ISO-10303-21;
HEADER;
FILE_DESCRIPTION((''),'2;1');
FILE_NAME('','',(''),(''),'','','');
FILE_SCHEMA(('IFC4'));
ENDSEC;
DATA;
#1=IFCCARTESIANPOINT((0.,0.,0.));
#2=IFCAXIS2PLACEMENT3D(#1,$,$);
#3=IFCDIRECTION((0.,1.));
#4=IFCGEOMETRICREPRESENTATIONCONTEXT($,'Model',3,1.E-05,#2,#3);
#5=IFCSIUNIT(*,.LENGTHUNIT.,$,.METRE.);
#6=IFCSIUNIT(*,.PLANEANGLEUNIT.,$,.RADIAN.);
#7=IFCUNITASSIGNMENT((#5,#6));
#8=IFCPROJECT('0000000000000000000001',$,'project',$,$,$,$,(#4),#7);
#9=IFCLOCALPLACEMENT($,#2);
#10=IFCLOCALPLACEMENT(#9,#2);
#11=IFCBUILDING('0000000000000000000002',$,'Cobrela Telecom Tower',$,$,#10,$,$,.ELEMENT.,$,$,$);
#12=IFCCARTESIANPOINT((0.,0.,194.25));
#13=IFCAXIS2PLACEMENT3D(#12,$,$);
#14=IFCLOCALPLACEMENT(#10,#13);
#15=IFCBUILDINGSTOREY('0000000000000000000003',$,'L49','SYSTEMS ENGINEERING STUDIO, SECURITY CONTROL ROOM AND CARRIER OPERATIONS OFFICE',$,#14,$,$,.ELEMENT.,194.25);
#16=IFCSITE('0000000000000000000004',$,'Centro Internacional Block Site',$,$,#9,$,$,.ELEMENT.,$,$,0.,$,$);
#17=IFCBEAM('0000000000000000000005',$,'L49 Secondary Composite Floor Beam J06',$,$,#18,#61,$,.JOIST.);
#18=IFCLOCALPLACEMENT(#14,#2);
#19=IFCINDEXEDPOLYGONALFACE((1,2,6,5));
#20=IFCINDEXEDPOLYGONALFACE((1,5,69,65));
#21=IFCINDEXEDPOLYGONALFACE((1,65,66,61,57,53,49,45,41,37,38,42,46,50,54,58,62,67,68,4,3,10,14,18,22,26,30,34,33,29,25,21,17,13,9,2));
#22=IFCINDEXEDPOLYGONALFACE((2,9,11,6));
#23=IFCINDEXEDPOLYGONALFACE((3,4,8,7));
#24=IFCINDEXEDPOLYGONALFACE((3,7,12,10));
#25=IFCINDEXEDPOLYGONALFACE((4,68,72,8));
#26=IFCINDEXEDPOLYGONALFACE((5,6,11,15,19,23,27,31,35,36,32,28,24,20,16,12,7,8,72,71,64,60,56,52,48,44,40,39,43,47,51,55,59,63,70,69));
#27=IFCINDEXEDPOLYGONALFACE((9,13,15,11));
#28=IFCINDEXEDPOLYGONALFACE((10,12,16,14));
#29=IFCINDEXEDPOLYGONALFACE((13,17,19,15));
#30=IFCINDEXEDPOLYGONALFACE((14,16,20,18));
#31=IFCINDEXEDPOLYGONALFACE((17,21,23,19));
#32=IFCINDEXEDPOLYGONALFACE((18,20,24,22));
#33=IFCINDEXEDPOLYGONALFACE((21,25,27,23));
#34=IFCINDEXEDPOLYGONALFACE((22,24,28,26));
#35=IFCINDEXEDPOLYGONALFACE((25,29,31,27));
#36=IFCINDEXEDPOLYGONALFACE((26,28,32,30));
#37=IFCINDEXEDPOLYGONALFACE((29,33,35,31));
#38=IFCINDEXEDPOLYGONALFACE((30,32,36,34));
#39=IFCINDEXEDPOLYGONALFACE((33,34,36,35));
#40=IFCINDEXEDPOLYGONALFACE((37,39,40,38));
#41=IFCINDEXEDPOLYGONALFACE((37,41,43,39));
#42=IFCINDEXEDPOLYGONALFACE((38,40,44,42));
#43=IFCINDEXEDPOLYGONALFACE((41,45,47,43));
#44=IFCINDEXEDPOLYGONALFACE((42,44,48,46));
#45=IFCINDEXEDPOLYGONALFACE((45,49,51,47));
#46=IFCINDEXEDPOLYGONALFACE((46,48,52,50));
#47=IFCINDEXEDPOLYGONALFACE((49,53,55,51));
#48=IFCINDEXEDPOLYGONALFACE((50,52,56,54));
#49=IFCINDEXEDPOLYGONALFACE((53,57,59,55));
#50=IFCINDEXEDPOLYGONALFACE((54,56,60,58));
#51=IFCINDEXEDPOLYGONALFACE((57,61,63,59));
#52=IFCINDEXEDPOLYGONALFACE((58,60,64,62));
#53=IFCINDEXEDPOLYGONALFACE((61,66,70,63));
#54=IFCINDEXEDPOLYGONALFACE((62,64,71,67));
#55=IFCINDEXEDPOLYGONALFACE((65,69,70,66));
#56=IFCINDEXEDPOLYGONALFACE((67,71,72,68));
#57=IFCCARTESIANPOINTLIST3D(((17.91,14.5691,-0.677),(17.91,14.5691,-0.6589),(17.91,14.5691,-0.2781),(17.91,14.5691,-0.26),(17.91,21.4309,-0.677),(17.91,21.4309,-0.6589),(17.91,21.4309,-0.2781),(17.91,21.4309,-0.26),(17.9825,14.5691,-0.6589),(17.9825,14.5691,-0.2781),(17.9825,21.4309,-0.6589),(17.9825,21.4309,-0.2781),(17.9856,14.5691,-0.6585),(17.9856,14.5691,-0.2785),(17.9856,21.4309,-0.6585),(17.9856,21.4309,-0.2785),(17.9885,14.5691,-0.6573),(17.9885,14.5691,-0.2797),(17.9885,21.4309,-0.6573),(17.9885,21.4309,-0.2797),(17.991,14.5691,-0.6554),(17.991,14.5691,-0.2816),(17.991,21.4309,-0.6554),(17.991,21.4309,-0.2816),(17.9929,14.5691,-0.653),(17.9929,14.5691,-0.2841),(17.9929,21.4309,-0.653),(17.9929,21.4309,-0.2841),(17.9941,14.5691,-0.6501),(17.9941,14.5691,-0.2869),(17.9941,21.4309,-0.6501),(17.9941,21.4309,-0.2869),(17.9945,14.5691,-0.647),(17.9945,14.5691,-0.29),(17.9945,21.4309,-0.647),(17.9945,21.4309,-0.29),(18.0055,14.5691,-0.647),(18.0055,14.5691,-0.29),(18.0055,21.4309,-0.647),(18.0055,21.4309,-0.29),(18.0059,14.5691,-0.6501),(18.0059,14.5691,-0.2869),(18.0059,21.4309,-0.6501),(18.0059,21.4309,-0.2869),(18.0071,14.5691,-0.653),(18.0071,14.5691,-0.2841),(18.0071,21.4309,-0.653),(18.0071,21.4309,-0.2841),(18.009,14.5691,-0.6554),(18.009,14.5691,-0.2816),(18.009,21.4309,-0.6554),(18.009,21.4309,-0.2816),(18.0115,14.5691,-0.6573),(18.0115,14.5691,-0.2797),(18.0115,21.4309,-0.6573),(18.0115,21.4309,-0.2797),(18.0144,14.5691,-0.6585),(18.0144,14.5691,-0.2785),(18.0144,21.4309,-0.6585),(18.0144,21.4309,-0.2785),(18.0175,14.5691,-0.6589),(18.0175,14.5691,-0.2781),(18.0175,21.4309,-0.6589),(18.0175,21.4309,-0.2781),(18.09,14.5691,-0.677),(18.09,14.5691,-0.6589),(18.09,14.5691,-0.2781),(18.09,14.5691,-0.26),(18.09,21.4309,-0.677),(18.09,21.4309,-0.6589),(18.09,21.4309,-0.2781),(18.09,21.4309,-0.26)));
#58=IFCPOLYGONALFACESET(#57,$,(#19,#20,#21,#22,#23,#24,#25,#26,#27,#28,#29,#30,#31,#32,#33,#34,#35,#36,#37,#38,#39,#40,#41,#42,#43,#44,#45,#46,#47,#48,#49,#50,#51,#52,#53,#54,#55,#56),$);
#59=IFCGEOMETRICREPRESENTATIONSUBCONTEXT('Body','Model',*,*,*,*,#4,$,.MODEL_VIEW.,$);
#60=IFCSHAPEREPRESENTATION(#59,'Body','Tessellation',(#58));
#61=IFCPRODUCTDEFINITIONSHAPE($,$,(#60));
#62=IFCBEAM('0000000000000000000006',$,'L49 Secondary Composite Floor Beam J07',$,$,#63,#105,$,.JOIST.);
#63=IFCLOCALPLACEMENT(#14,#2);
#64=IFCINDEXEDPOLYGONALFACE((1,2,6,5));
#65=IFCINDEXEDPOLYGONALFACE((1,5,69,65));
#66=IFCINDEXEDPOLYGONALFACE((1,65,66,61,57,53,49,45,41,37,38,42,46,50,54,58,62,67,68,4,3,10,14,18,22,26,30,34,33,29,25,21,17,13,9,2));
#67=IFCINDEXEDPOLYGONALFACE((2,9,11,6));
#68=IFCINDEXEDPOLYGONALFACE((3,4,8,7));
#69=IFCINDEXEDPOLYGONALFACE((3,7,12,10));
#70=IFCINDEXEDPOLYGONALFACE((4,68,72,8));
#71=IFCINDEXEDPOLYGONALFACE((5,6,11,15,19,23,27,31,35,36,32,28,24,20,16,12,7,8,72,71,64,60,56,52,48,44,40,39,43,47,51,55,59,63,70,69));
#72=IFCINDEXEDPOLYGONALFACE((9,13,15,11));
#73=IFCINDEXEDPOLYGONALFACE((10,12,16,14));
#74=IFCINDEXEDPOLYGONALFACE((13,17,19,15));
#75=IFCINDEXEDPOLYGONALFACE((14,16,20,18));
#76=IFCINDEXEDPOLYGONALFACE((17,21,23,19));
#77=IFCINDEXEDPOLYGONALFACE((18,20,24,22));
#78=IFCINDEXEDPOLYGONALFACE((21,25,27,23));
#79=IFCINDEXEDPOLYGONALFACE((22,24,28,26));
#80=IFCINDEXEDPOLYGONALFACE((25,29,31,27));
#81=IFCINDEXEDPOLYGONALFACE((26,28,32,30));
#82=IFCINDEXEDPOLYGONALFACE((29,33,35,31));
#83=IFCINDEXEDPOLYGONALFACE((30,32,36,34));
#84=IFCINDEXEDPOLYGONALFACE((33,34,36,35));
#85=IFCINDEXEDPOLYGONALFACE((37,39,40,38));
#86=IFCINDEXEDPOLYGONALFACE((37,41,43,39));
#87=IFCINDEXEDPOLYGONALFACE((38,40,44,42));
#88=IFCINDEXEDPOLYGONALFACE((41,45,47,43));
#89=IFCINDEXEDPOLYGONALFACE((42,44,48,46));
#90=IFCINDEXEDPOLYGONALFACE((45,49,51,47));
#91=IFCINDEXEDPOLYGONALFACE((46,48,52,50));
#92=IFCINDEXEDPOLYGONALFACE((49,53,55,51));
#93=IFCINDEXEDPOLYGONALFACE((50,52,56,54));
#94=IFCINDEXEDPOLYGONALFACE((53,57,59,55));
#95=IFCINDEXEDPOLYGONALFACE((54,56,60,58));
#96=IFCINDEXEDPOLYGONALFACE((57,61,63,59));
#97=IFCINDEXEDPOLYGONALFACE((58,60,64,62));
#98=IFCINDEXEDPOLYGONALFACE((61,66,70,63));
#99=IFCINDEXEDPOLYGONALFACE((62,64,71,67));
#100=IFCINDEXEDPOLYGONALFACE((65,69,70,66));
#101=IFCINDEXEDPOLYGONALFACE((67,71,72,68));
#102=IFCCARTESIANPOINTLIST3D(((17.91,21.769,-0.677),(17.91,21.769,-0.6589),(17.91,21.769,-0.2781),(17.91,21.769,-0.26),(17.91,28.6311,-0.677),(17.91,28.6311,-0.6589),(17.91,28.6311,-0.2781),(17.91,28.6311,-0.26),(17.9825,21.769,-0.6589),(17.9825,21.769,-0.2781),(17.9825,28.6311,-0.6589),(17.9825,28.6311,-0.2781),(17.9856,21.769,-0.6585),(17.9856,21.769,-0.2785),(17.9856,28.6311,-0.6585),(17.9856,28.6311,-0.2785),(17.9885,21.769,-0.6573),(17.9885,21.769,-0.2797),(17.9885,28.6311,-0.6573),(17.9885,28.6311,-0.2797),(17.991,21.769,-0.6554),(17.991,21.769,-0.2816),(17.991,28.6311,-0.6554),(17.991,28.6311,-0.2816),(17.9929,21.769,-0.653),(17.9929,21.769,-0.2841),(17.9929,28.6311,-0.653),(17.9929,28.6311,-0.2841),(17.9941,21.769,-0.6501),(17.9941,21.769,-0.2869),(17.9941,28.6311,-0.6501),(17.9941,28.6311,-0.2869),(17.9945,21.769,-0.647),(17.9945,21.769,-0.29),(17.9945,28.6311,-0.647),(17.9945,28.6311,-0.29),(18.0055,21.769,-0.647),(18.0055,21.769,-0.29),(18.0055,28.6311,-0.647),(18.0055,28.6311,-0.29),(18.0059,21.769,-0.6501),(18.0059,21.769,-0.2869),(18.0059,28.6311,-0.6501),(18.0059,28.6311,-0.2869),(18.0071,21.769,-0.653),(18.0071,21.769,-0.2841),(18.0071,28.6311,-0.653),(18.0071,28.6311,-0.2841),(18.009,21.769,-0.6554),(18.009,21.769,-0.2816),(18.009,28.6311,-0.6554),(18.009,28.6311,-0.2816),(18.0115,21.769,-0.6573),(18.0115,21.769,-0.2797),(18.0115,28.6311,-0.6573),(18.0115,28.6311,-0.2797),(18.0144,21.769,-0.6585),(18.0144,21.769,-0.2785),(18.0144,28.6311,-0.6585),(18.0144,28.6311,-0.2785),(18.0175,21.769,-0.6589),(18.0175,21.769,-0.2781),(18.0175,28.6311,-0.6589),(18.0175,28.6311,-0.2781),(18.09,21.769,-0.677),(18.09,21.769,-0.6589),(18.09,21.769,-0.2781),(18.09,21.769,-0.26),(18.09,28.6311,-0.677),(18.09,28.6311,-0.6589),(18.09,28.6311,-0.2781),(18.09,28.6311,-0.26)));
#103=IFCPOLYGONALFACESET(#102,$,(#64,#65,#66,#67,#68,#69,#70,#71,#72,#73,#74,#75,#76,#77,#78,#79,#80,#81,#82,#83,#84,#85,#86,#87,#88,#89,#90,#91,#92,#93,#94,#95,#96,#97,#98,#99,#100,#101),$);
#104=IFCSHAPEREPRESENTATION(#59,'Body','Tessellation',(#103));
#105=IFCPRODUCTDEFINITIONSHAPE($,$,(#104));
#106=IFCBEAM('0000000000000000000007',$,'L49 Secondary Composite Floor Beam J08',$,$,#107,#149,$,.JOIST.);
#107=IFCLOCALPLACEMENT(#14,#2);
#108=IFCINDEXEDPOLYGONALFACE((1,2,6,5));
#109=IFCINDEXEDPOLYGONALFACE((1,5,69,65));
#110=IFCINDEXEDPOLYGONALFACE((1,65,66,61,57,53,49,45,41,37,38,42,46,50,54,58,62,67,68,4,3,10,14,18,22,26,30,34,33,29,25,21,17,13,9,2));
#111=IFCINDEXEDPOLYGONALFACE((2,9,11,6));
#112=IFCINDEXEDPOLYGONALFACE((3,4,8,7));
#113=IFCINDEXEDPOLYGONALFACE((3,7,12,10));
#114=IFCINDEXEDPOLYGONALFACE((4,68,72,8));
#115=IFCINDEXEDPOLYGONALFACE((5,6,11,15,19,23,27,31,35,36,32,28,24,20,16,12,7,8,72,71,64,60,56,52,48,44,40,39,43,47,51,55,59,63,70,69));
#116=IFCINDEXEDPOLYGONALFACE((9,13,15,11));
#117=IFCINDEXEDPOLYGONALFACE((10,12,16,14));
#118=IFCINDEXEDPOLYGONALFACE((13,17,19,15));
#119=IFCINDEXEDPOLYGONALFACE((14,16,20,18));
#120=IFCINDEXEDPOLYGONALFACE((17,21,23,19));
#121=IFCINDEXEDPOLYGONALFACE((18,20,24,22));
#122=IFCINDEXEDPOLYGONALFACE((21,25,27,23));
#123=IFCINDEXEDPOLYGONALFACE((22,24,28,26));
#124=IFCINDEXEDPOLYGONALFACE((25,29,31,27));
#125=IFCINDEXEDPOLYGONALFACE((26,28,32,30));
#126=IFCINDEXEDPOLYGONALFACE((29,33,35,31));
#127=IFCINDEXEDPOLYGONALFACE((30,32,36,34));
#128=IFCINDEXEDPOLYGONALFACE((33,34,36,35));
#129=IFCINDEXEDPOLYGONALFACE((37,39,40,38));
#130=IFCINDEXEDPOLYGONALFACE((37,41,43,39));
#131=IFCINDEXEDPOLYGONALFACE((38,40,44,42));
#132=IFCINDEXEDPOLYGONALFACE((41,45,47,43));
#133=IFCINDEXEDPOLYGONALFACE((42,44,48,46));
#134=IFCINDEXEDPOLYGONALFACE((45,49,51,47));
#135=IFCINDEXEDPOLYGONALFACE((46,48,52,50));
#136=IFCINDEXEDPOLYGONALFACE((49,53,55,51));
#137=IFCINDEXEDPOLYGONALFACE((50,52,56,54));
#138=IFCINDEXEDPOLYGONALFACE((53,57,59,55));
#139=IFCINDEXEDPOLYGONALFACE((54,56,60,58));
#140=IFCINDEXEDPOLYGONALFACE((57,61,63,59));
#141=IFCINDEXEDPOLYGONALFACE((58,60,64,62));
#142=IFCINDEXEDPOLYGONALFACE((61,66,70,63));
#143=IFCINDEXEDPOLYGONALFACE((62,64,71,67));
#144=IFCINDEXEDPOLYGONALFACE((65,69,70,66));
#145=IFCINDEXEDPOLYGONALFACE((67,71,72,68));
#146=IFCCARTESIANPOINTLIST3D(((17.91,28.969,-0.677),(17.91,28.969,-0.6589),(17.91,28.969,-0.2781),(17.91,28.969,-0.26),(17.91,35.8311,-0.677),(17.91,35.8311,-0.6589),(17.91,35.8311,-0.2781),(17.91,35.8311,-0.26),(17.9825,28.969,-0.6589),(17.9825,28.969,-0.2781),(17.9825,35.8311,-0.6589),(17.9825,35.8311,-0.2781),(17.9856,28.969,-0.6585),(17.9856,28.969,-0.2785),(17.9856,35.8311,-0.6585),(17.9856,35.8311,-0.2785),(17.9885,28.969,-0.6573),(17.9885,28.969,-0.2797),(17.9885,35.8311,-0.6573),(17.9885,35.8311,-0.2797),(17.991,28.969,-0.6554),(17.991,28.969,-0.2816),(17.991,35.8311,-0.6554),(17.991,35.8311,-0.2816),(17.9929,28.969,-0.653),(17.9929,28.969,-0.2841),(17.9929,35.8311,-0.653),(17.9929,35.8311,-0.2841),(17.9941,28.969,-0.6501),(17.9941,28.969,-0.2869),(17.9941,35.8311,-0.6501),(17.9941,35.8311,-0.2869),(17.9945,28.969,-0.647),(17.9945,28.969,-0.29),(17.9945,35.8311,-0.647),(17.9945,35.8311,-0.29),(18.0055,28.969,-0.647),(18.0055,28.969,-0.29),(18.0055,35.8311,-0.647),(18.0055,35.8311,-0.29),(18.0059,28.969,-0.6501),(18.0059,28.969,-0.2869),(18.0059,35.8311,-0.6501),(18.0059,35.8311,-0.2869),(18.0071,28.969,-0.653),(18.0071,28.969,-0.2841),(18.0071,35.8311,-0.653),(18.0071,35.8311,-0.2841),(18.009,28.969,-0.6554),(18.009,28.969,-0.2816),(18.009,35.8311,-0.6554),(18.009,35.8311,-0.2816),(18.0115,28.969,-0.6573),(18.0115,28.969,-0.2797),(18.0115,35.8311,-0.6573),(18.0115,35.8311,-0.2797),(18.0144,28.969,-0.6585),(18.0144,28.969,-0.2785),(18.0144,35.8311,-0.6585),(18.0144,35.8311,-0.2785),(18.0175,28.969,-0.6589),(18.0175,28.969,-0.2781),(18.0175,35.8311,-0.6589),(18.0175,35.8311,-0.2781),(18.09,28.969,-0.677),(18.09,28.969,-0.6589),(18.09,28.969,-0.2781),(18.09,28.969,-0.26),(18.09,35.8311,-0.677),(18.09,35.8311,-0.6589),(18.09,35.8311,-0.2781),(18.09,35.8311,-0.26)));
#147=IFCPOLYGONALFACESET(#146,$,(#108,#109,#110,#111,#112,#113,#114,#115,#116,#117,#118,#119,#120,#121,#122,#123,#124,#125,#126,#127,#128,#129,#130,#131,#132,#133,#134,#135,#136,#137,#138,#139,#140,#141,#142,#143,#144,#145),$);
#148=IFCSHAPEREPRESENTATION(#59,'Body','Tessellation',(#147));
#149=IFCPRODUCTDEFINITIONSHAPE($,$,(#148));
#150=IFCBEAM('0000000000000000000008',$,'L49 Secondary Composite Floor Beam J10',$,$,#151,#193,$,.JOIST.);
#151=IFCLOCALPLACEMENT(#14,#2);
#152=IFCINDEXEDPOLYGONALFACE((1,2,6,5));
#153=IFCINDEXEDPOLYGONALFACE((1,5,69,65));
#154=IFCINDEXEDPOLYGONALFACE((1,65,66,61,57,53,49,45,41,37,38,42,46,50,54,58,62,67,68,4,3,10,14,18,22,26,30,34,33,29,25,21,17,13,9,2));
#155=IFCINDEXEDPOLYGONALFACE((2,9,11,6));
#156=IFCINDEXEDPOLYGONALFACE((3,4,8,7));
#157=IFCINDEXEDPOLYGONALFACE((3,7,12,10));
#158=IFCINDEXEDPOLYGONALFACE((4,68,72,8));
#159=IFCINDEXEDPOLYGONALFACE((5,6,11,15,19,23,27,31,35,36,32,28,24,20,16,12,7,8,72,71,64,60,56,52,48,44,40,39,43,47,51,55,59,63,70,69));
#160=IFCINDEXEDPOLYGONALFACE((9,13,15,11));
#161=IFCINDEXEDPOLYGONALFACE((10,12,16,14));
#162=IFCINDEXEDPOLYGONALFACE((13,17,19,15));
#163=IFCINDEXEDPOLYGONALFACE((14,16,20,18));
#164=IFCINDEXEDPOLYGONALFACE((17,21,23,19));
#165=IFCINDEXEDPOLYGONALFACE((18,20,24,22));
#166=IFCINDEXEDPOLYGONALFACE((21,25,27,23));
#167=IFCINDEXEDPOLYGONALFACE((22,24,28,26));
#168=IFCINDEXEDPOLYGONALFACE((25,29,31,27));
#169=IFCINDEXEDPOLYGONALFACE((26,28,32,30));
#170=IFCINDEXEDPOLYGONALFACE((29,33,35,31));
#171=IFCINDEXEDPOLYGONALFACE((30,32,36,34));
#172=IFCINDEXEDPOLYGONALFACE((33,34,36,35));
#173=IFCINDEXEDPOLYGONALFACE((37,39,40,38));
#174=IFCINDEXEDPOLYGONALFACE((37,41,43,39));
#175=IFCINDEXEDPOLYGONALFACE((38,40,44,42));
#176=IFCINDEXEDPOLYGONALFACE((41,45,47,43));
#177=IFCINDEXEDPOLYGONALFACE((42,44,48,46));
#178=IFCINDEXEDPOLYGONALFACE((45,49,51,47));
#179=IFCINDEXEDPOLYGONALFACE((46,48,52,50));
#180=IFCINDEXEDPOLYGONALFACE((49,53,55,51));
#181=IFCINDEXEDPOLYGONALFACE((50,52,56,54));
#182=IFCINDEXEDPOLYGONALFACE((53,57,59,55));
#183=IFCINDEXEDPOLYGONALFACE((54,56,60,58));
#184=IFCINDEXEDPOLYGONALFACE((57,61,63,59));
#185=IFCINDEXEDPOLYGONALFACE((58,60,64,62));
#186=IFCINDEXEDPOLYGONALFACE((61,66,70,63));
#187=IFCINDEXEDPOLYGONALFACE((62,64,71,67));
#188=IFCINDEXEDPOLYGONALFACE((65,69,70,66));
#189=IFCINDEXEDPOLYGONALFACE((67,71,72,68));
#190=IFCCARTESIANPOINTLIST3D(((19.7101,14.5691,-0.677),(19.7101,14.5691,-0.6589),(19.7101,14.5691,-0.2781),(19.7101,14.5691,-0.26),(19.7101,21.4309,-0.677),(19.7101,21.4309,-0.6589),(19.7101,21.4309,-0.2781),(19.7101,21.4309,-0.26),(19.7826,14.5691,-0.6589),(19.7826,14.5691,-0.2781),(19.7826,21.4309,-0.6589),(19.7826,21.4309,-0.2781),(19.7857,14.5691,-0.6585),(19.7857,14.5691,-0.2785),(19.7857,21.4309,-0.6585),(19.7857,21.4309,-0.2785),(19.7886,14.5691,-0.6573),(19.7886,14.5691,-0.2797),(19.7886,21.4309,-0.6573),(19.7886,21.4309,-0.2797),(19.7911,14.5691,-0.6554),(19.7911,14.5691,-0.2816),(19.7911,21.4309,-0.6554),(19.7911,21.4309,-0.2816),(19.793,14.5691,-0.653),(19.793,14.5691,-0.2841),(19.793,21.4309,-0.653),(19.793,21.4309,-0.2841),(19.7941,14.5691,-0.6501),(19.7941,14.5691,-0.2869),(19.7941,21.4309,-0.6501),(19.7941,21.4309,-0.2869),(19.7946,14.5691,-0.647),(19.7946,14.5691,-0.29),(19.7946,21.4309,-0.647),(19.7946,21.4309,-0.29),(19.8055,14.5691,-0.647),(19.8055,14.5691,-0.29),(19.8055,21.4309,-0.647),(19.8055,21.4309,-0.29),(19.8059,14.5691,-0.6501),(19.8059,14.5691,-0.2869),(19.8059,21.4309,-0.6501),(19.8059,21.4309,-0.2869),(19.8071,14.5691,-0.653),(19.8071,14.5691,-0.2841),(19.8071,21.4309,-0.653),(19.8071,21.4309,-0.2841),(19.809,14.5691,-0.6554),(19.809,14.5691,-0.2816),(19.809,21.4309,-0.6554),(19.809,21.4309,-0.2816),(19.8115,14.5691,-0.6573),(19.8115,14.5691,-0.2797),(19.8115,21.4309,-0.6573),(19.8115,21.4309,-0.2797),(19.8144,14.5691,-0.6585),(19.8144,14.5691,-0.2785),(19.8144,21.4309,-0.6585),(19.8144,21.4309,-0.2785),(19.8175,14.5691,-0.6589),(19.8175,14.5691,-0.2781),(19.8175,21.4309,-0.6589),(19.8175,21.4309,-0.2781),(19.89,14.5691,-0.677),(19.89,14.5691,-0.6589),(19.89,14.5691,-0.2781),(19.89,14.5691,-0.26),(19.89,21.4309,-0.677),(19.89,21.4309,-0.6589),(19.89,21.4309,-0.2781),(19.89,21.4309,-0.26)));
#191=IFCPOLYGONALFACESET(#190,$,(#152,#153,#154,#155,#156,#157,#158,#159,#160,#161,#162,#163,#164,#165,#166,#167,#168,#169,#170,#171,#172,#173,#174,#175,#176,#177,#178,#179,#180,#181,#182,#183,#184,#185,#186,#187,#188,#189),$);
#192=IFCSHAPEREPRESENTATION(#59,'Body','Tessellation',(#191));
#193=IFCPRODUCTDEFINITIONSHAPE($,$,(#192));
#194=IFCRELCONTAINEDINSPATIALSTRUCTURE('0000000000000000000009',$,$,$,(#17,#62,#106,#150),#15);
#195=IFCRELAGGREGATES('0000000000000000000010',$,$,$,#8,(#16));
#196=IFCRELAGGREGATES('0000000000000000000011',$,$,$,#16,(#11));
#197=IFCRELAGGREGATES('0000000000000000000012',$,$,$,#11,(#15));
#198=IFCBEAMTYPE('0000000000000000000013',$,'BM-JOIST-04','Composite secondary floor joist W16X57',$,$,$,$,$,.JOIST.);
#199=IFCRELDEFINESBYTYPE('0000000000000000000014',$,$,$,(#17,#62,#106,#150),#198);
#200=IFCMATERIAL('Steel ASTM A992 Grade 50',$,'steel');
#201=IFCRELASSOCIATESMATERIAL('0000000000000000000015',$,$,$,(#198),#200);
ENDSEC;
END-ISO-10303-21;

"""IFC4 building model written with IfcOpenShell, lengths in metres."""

from ifc_helpers import new_model, si_unit, direction, frame, origin, origin_2d, place, context, subcontext, project, spatial, i_section, extrude, material, material_profile, profile_set, type_object, element, save


model = new_model("IFC4")

# Units and contexts
model_context = context("Model", 3, precision=1e-05, world=origin(), true_north=direction((0.0, 1.0)))
body_context = subcontext(model_context, "Body", "Model", "MODEL_VIEW")
ifc_project = project(units=[si_unit("LENGTHUNIT", "METRE"), si_unit("PLANEANGLEUNIT", "RADIAN")], contexts=[model_context])

# Site, building, storey
site_placement = place(None, origin())
site = spatial("IfcSite", under=ifc_project, at=site_placement, Name="Centro Internacional Block Site", CompositionType="ELEMENT", RefElevation=0.0)
building_placement = place(site_placement, origin())
building = spatial("IfcBuilding", under=site, at=building_placement, Name="Cobrela Telecom Tower", CompositionType="ELEMENT")
storey_placement = place(building_placement, frame((0.0, 0.0, 194.25)))
storey = spatial("IfcBuildingStorey", under=building, at=storey_placement, Name="L49", Description="SYSTEMS ENGINEERING STUDIO, SECURITY CONTROL ROOM AND CARRIER OPERATIONS OFFICE", CompositionType="ELEMENT", Elevation=194.25)

# Shared definitions
ifc_material_1 = material(Name="Steel ASTM A992 Grade 50", Category="steel")

# Beams
ifc_material_profile_1 = material_profile(ifc_material_1, i_section(OverallWidth=0.1799, OverallDepth=0.417, WebThickness=0.011, FlangeThickness=0.0181, FilletRadius=0.012, at=origin_2d()), Name="W16X57")
ifc_profile_set_1 = profile_set([ifc_material_profile_1], Name="Steel ASTM A992 Grade 50")
beam_type_1 = type_object("IfcBeamType", Name="BM-JOIST-04", Description="Composite secondary floor joist W16X57", PredefinedType="JOIST", material=ifc_profile_set_1)
beam_1_placement = place(storey_placement, frame((18.0, 14.5691, -0.4685), z_axis=(0.0, 1.0, 0.0), x_axis=(-1.0, 0.0, 0.0)))
element("IfcBeam", 1, at=beam_1_placement, inside=storey, type_object=beam_type_1, Name="L49 Secondary Composite Floor Beam J06", PredefinedType="JOIST", context=body_context, shape_type="SweptSolid", body=[
    extrude(i_section(OverallWidth=0.1799, OverallDepth=0.417, WebThickness=0.011, FlangeThickness=0.0181, FilletRadius=0.012, at=origin_2d()), origin(), (0.0, 0.0, 1.0), 6.8618),
])
for number, where, z_axis, x_axis, name in (
    (2, (18.0, 21.769, -0.4685), (0.0, 1.0, 0.0), (-1.0, 0.0, 0.0), "L49 Secondary Composite Floor Beam J07"),
    (3, (18.0, 28.969, -0.4685), (0.0, 1.0, 0.0), (-1.0, 0.0, 0.0), "L49 Secondary Composite Floor Beam J08"),
):
    element("IfcBeam", number, at=place(storey_placement, frame(where, z_axis=z_axis, x_axis=x_axis)), inside=storey, type_object=beam_type_1, Name=name, PredefinedType="JOIST", context=body_context, shape_type="SweptSolid", body=[
        extrude(i_section(OverallWidth=0.1799, OverallDepth=0.417, WebThickness=0.011, FlangeThickness=0.0181, FilletRadius=0.012, at=origin_2d()), origin(), (0.0, 0.0, 1.0), 6.8621),
    ])
beam_2_placement = place(storey_placement, frame((19.8, 14.5691, -0.4685), z_axis=(0.0, 1.0, 0.0), x_axis=(-1.0, 0.0, 0.0)))
element("IfcBeam", 4, at=beam_2_placement, inside=storey, type_object=beam_type_1, Name="L49 Secondary Composite Floor Beam J10", PredefinedType="JOIST", context=body_context, shape_type="SweptSolid", body=[
    extrude(i_section(OverallWidth=0.1799, OverallDepth=0.417, WebThickness=0.011, FlangeThickness=0.0181, FilletRadius=0.012, at=origin_2d()), origin(), (0.0, 0.0, 1.0), 6.8618),
])

save(model, "model.ifc")
